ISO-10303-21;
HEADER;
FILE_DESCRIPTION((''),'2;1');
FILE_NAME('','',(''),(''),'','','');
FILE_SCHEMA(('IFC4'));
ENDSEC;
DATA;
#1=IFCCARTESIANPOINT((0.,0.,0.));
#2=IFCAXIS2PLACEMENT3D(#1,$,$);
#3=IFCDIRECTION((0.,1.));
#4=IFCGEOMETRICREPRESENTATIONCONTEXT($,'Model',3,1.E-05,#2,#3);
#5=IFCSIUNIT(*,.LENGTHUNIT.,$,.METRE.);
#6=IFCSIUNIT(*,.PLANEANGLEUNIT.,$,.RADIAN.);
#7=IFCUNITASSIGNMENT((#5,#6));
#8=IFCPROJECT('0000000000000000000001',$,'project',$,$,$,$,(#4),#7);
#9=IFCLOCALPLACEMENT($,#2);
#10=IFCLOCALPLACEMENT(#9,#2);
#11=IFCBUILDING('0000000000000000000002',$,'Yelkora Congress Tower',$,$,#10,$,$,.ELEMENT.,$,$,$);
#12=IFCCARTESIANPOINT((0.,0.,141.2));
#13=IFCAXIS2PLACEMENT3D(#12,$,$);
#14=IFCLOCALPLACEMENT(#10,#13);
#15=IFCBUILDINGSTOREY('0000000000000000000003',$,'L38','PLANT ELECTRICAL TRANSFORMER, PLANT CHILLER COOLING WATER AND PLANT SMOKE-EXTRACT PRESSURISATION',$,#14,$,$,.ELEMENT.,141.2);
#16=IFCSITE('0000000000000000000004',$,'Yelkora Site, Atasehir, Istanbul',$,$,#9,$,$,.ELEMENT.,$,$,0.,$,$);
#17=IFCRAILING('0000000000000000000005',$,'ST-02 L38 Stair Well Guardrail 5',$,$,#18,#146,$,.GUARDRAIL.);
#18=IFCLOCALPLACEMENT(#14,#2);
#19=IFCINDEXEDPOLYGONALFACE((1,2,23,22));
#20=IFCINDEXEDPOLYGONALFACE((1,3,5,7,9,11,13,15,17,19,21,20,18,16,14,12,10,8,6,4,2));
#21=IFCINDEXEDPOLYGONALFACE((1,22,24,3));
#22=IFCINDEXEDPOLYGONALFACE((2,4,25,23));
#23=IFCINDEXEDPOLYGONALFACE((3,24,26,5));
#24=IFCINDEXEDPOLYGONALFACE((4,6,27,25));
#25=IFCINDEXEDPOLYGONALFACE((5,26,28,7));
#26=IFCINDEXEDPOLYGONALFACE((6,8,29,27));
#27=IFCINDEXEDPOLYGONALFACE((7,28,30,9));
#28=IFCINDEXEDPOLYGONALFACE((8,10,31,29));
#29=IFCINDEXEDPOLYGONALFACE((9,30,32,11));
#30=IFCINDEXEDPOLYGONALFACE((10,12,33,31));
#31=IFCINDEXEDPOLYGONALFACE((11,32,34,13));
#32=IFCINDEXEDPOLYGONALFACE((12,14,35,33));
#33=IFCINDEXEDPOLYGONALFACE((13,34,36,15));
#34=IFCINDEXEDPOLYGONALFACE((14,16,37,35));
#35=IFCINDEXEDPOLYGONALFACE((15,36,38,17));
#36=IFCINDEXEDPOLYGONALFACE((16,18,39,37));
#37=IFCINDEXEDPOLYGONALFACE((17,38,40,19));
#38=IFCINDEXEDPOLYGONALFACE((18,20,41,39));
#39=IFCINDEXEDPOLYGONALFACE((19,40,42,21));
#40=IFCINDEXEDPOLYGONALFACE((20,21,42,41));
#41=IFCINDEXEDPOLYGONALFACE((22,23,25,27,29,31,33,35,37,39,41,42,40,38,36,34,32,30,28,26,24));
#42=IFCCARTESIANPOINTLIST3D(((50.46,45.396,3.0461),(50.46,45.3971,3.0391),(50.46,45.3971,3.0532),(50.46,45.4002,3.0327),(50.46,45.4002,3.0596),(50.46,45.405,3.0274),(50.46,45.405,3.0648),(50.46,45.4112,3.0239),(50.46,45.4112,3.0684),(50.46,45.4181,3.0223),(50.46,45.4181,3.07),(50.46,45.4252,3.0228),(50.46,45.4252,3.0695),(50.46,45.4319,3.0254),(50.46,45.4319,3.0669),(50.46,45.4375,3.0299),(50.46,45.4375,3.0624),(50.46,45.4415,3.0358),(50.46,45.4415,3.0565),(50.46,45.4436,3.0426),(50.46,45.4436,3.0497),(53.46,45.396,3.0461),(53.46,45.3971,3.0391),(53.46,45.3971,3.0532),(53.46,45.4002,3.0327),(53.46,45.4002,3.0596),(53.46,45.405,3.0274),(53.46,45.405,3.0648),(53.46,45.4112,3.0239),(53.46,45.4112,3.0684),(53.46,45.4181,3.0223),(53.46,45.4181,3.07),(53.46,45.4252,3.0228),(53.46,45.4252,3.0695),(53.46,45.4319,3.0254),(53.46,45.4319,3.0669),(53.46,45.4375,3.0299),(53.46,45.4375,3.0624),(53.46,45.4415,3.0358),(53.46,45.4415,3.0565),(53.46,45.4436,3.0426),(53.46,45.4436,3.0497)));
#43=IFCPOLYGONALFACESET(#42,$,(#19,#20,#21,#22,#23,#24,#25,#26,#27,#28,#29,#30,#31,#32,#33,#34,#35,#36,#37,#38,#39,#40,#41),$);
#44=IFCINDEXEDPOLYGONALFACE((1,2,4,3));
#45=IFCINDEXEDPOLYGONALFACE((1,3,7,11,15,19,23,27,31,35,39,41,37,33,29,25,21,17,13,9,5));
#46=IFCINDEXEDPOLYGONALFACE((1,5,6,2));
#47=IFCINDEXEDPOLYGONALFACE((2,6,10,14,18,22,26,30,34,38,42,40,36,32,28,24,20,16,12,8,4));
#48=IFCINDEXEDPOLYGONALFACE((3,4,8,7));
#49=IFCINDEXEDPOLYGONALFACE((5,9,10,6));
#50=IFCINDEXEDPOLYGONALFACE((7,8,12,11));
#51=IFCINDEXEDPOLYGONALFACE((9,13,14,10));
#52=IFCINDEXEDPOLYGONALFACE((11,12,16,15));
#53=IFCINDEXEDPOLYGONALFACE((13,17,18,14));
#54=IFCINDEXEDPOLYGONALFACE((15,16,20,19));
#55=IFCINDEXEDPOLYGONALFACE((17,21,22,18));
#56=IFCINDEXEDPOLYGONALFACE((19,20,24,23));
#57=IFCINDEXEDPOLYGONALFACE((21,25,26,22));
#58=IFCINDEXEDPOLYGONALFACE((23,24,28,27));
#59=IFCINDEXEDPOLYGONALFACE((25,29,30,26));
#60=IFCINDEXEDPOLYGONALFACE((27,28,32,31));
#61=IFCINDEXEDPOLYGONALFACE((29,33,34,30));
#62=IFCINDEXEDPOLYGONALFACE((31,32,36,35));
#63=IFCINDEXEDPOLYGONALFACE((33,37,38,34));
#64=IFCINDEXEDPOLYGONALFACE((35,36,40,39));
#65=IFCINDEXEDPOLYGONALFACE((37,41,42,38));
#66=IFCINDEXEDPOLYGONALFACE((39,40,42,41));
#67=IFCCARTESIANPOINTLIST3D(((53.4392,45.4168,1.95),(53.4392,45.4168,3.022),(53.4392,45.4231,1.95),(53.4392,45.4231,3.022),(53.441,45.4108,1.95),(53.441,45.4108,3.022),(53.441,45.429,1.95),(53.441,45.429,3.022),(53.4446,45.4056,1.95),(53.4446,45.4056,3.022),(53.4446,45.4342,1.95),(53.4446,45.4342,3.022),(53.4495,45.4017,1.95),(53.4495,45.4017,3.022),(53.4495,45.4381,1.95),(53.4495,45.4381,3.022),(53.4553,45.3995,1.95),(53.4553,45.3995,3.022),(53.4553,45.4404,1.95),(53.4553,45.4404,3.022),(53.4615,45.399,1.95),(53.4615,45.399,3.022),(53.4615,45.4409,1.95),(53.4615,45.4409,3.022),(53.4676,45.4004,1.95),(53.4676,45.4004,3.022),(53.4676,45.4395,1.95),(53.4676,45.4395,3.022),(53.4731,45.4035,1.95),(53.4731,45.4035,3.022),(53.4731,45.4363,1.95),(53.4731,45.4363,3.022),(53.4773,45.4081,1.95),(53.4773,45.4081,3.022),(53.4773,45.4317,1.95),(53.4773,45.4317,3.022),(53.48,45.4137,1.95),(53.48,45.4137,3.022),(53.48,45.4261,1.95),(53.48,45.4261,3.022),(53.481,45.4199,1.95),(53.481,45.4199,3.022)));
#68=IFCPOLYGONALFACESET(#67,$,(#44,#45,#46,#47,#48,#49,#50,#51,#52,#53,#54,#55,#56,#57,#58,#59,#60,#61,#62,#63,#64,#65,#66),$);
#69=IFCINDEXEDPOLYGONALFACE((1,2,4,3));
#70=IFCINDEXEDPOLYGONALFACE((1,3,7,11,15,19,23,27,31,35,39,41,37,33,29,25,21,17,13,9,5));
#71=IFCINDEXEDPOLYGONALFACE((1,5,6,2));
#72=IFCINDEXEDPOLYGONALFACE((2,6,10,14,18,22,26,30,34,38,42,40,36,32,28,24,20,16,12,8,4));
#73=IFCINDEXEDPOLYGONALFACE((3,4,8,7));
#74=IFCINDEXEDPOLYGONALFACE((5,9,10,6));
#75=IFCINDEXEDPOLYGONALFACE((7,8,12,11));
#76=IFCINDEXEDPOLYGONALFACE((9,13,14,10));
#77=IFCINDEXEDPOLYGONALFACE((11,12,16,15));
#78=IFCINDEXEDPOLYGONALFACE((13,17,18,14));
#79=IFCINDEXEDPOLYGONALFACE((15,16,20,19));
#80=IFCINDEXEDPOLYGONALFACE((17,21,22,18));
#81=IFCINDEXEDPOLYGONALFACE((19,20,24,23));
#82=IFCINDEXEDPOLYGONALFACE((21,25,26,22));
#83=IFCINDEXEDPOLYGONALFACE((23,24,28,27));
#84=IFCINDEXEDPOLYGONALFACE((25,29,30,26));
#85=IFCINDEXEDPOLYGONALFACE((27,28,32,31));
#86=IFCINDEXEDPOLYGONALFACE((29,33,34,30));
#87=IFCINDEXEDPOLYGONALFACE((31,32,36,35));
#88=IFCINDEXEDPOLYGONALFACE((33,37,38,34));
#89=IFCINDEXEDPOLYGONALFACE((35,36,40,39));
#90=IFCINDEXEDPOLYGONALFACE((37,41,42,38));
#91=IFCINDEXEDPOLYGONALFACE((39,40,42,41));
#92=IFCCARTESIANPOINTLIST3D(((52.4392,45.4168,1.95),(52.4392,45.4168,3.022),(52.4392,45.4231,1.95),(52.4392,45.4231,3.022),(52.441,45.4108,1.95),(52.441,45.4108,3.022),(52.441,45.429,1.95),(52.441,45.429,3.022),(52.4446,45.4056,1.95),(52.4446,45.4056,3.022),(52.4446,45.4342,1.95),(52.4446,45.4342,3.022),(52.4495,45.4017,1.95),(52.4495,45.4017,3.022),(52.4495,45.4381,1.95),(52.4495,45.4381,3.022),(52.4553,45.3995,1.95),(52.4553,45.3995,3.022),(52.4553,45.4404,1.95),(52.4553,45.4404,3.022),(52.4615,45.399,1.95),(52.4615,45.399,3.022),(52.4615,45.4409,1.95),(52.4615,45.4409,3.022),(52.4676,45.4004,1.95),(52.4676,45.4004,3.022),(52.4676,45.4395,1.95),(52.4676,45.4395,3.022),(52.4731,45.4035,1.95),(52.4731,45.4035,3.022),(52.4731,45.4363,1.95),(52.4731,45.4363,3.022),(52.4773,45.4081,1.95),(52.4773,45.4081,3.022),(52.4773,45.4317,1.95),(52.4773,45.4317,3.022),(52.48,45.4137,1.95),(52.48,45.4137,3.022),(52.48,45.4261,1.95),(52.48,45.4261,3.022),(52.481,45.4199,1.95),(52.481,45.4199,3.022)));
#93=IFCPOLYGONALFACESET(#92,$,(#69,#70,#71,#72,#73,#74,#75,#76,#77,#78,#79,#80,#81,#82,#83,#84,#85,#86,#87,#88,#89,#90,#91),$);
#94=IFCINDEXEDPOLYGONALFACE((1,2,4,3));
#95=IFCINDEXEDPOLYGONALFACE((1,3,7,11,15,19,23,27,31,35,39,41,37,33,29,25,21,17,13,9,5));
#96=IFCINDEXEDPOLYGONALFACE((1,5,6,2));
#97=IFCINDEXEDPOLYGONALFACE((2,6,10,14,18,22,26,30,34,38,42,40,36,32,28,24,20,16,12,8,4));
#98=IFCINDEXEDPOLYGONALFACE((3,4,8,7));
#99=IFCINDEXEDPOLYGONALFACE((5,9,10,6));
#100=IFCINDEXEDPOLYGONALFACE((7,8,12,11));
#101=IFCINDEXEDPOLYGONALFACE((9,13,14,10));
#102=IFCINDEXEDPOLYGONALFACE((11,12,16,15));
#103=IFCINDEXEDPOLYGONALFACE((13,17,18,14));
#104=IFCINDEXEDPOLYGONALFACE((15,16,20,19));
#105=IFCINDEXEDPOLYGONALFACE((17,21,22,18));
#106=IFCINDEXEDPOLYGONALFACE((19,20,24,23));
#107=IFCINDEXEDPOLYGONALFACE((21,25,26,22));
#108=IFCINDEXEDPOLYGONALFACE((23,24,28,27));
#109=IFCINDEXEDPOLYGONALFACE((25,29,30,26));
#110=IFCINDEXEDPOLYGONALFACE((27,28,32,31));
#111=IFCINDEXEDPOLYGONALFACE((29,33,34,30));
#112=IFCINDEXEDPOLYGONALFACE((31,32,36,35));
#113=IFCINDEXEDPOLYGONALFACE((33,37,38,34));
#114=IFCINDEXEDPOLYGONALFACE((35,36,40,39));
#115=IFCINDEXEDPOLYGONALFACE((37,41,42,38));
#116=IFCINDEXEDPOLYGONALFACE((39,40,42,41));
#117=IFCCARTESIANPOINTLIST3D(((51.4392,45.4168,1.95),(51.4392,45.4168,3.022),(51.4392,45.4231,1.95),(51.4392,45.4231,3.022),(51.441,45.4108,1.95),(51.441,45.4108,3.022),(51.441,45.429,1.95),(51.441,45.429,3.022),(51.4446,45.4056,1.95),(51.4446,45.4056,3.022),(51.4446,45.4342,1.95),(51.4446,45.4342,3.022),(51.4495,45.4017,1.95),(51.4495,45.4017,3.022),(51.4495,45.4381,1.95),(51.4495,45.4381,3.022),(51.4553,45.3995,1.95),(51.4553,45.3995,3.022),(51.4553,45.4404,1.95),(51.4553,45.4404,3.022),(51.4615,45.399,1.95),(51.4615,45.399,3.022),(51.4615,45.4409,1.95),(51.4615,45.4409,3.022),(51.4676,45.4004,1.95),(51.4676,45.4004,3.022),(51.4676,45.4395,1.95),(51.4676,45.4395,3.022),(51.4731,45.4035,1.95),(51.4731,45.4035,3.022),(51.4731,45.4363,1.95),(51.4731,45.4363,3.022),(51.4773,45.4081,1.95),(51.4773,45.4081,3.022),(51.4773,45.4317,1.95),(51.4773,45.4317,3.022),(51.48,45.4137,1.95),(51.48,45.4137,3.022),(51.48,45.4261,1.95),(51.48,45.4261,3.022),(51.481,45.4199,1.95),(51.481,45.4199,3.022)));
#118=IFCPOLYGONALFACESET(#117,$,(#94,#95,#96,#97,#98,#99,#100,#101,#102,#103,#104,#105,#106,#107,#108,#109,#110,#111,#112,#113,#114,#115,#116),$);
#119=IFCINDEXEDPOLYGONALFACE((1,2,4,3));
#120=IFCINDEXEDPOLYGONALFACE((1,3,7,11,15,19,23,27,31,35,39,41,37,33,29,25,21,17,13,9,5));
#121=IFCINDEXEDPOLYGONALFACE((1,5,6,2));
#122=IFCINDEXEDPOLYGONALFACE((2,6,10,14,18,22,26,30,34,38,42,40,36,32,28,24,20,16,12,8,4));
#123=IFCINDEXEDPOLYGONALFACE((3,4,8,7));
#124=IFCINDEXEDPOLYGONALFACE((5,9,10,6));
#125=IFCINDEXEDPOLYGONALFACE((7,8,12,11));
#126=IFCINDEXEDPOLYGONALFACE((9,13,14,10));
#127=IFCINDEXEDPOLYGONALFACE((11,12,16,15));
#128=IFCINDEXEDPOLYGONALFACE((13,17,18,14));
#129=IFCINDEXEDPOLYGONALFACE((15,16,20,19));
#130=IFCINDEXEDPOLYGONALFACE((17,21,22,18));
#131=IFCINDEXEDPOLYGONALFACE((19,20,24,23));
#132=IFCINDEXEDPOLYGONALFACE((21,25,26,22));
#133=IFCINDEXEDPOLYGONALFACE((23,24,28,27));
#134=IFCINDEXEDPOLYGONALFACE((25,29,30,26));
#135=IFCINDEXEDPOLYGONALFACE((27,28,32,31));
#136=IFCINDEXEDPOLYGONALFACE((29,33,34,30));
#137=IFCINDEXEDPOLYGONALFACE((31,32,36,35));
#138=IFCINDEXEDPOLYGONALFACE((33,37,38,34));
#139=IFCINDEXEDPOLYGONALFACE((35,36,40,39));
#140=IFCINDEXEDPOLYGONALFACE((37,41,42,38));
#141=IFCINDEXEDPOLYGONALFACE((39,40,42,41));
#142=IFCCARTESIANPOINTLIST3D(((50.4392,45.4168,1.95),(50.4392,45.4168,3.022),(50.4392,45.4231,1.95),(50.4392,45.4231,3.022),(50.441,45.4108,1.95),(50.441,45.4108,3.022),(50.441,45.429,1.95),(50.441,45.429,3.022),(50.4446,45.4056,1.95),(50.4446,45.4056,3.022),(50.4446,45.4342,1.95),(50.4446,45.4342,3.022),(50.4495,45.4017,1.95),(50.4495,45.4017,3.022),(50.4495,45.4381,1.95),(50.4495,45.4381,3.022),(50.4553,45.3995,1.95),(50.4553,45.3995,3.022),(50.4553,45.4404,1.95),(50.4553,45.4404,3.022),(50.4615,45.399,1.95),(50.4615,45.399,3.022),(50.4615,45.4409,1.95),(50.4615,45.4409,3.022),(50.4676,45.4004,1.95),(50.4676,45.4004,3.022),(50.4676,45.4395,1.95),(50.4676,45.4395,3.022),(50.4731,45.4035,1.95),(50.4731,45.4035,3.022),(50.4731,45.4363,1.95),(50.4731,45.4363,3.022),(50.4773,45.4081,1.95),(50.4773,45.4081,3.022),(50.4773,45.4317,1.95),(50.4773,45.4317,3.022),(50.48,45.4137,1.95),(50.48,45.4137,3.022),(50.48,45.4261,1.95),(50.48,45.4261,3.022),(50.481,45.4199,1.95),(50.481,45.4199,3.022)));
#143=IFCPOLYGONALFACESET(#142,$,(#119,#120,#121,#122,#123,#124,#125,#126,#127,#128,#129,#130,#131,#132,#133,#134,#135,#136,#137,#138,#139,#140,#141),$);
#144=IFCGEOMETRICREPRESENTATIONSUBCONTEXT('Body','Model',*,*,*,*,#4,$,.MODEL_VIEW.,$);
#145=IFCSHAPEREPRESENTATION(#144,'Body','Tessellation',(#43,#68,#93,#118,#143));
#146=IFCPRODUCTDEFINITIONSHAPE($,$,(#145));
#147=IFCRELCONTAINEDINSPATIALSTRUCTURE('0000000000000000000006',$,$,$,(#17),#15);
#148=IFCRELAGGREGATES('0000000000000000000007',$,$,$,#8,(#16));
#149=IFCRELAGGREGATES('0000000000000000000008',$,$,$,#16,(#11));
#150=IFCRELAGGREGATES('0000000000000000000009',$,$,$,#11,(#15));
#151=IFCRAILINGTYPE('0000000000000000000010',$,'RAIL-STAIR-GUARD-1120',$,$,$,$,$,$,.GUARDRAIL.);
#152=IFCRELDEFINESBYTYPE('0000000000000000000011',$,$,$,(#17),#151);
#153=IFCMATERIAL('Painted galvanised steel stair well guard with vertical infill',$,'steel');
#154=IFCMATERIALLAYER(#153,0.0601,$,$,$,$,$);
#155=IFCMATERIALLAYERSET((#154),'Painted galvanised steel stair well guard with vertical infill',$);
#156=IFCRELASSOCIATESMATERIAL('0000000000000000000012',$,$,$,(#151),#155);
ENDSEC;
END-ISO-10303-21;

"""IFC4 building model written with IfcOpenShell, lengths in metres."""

from ifc_helpers import new_model, si_unit, direction, frame, origin, origin_2d, place, context, subcontext, project, spatial, circle, extrude, material, layer, layer_set, type_object, element, save


model = new_model("IFC4")

# Units and contexts
model_context = context("Model", 3, precision=1e-05, world=origin(), true_north=direction((0.0, 1.0)))
body_context = subcontext(model_context, "Body", "Model", "MODEL_VIEW")
ifc_project = project(units=[si_unit("LENGTHUNIT", "METRE"), si_unit("PLANEANGLEUNIT", "RADIAN")], contexts=[model_context])

# Site, building, storey
site_placement = place(None, origin())
site = spatial("IfcSite", under=ifc_project, at=site_placement, Name="Yelkora Site, Atasehir, Istanbul", CompositionType="ELEMENT", RefElevation=0.0)
building_placement = place(site_placement, origin())
building = spatial("IfcBuilding", under=site, at=building_placement, Name="Yelkora Congress Tower", CompositionType="ELEMENT")
storey_placement = place(building_placement, frame((0.0, 0.0, 141.2)))
storey = spatial("IfcBuildingStorey", under=building, at=storey_placement, Name="L38", Description="PLANT ELECTRICAL TRANSFORMER, PLANT CHILLER COOLING WATER AND PLANT SMOKE-EXTRACT PRESSURISATION", CompositionType="ELEMENT", Elevation=141.2)

# Railing
ifc_material_1 = material(Name="Painted galvanised steel stair well guard with vertical infill", Category="steel")
ifc_layer_1 = layer(ifc_material_1, 0.0601)
ifc_layer_set_1 = layer_set([ifc_layer_1], Name="Painted galvanised steel stair well guard with vertical infill")
railing_type_1 = type_object("IfcRailingType", Name="RAIL-STAIR-GUARD-1120", PredefinedType="GUARDRAIL", material=ifc_layer_set_1)
railing_1_placement = place(storey_placement, frame((53.46, 45.4199, 1.95)))
element("IfcRailing", 1, at=railing_1_placement, inside=storey, type_object=railing_type_1, Name="ST-02 L38 Stair Well Guardrail 5", PredefinedType="GUARDRAIL", context=body_context, shape_type="SweptSolid", body=[
    extrude(circle(Radius=0.0239, at=origin_2d()), frame((0.0, 0.0, 1.0962), z_axis=(-1.0, 0.0, 0.0), x_axis=(0.0, -1.0, 0.0)), (0.0, 0.0, 1.0), 3.0),
    extrude(circle(Radius=0.021, at=origin_2d()), origin(), (0.0, 0.0, 1.0), 1.072),
    extrude(circle(Radius=0.021, at=origin_2d()), frame((-1.0, 0.0, 0.0)), (0.0, 0.0, 1.0), 1.072),
    extrude(circle(Radius=0.021, at=origin_2d()), frame((-2.0, 0.0, 0.0)), (0.0, 0.0, 1.0), 1.072),
    extrude(circle(Radius=0.021, at=origin_2d()), frame((-3.0, 0.0, 0.0)), (0.0, 0.0, 1.0), 1.072),
])

save(model, "model.ifc")
